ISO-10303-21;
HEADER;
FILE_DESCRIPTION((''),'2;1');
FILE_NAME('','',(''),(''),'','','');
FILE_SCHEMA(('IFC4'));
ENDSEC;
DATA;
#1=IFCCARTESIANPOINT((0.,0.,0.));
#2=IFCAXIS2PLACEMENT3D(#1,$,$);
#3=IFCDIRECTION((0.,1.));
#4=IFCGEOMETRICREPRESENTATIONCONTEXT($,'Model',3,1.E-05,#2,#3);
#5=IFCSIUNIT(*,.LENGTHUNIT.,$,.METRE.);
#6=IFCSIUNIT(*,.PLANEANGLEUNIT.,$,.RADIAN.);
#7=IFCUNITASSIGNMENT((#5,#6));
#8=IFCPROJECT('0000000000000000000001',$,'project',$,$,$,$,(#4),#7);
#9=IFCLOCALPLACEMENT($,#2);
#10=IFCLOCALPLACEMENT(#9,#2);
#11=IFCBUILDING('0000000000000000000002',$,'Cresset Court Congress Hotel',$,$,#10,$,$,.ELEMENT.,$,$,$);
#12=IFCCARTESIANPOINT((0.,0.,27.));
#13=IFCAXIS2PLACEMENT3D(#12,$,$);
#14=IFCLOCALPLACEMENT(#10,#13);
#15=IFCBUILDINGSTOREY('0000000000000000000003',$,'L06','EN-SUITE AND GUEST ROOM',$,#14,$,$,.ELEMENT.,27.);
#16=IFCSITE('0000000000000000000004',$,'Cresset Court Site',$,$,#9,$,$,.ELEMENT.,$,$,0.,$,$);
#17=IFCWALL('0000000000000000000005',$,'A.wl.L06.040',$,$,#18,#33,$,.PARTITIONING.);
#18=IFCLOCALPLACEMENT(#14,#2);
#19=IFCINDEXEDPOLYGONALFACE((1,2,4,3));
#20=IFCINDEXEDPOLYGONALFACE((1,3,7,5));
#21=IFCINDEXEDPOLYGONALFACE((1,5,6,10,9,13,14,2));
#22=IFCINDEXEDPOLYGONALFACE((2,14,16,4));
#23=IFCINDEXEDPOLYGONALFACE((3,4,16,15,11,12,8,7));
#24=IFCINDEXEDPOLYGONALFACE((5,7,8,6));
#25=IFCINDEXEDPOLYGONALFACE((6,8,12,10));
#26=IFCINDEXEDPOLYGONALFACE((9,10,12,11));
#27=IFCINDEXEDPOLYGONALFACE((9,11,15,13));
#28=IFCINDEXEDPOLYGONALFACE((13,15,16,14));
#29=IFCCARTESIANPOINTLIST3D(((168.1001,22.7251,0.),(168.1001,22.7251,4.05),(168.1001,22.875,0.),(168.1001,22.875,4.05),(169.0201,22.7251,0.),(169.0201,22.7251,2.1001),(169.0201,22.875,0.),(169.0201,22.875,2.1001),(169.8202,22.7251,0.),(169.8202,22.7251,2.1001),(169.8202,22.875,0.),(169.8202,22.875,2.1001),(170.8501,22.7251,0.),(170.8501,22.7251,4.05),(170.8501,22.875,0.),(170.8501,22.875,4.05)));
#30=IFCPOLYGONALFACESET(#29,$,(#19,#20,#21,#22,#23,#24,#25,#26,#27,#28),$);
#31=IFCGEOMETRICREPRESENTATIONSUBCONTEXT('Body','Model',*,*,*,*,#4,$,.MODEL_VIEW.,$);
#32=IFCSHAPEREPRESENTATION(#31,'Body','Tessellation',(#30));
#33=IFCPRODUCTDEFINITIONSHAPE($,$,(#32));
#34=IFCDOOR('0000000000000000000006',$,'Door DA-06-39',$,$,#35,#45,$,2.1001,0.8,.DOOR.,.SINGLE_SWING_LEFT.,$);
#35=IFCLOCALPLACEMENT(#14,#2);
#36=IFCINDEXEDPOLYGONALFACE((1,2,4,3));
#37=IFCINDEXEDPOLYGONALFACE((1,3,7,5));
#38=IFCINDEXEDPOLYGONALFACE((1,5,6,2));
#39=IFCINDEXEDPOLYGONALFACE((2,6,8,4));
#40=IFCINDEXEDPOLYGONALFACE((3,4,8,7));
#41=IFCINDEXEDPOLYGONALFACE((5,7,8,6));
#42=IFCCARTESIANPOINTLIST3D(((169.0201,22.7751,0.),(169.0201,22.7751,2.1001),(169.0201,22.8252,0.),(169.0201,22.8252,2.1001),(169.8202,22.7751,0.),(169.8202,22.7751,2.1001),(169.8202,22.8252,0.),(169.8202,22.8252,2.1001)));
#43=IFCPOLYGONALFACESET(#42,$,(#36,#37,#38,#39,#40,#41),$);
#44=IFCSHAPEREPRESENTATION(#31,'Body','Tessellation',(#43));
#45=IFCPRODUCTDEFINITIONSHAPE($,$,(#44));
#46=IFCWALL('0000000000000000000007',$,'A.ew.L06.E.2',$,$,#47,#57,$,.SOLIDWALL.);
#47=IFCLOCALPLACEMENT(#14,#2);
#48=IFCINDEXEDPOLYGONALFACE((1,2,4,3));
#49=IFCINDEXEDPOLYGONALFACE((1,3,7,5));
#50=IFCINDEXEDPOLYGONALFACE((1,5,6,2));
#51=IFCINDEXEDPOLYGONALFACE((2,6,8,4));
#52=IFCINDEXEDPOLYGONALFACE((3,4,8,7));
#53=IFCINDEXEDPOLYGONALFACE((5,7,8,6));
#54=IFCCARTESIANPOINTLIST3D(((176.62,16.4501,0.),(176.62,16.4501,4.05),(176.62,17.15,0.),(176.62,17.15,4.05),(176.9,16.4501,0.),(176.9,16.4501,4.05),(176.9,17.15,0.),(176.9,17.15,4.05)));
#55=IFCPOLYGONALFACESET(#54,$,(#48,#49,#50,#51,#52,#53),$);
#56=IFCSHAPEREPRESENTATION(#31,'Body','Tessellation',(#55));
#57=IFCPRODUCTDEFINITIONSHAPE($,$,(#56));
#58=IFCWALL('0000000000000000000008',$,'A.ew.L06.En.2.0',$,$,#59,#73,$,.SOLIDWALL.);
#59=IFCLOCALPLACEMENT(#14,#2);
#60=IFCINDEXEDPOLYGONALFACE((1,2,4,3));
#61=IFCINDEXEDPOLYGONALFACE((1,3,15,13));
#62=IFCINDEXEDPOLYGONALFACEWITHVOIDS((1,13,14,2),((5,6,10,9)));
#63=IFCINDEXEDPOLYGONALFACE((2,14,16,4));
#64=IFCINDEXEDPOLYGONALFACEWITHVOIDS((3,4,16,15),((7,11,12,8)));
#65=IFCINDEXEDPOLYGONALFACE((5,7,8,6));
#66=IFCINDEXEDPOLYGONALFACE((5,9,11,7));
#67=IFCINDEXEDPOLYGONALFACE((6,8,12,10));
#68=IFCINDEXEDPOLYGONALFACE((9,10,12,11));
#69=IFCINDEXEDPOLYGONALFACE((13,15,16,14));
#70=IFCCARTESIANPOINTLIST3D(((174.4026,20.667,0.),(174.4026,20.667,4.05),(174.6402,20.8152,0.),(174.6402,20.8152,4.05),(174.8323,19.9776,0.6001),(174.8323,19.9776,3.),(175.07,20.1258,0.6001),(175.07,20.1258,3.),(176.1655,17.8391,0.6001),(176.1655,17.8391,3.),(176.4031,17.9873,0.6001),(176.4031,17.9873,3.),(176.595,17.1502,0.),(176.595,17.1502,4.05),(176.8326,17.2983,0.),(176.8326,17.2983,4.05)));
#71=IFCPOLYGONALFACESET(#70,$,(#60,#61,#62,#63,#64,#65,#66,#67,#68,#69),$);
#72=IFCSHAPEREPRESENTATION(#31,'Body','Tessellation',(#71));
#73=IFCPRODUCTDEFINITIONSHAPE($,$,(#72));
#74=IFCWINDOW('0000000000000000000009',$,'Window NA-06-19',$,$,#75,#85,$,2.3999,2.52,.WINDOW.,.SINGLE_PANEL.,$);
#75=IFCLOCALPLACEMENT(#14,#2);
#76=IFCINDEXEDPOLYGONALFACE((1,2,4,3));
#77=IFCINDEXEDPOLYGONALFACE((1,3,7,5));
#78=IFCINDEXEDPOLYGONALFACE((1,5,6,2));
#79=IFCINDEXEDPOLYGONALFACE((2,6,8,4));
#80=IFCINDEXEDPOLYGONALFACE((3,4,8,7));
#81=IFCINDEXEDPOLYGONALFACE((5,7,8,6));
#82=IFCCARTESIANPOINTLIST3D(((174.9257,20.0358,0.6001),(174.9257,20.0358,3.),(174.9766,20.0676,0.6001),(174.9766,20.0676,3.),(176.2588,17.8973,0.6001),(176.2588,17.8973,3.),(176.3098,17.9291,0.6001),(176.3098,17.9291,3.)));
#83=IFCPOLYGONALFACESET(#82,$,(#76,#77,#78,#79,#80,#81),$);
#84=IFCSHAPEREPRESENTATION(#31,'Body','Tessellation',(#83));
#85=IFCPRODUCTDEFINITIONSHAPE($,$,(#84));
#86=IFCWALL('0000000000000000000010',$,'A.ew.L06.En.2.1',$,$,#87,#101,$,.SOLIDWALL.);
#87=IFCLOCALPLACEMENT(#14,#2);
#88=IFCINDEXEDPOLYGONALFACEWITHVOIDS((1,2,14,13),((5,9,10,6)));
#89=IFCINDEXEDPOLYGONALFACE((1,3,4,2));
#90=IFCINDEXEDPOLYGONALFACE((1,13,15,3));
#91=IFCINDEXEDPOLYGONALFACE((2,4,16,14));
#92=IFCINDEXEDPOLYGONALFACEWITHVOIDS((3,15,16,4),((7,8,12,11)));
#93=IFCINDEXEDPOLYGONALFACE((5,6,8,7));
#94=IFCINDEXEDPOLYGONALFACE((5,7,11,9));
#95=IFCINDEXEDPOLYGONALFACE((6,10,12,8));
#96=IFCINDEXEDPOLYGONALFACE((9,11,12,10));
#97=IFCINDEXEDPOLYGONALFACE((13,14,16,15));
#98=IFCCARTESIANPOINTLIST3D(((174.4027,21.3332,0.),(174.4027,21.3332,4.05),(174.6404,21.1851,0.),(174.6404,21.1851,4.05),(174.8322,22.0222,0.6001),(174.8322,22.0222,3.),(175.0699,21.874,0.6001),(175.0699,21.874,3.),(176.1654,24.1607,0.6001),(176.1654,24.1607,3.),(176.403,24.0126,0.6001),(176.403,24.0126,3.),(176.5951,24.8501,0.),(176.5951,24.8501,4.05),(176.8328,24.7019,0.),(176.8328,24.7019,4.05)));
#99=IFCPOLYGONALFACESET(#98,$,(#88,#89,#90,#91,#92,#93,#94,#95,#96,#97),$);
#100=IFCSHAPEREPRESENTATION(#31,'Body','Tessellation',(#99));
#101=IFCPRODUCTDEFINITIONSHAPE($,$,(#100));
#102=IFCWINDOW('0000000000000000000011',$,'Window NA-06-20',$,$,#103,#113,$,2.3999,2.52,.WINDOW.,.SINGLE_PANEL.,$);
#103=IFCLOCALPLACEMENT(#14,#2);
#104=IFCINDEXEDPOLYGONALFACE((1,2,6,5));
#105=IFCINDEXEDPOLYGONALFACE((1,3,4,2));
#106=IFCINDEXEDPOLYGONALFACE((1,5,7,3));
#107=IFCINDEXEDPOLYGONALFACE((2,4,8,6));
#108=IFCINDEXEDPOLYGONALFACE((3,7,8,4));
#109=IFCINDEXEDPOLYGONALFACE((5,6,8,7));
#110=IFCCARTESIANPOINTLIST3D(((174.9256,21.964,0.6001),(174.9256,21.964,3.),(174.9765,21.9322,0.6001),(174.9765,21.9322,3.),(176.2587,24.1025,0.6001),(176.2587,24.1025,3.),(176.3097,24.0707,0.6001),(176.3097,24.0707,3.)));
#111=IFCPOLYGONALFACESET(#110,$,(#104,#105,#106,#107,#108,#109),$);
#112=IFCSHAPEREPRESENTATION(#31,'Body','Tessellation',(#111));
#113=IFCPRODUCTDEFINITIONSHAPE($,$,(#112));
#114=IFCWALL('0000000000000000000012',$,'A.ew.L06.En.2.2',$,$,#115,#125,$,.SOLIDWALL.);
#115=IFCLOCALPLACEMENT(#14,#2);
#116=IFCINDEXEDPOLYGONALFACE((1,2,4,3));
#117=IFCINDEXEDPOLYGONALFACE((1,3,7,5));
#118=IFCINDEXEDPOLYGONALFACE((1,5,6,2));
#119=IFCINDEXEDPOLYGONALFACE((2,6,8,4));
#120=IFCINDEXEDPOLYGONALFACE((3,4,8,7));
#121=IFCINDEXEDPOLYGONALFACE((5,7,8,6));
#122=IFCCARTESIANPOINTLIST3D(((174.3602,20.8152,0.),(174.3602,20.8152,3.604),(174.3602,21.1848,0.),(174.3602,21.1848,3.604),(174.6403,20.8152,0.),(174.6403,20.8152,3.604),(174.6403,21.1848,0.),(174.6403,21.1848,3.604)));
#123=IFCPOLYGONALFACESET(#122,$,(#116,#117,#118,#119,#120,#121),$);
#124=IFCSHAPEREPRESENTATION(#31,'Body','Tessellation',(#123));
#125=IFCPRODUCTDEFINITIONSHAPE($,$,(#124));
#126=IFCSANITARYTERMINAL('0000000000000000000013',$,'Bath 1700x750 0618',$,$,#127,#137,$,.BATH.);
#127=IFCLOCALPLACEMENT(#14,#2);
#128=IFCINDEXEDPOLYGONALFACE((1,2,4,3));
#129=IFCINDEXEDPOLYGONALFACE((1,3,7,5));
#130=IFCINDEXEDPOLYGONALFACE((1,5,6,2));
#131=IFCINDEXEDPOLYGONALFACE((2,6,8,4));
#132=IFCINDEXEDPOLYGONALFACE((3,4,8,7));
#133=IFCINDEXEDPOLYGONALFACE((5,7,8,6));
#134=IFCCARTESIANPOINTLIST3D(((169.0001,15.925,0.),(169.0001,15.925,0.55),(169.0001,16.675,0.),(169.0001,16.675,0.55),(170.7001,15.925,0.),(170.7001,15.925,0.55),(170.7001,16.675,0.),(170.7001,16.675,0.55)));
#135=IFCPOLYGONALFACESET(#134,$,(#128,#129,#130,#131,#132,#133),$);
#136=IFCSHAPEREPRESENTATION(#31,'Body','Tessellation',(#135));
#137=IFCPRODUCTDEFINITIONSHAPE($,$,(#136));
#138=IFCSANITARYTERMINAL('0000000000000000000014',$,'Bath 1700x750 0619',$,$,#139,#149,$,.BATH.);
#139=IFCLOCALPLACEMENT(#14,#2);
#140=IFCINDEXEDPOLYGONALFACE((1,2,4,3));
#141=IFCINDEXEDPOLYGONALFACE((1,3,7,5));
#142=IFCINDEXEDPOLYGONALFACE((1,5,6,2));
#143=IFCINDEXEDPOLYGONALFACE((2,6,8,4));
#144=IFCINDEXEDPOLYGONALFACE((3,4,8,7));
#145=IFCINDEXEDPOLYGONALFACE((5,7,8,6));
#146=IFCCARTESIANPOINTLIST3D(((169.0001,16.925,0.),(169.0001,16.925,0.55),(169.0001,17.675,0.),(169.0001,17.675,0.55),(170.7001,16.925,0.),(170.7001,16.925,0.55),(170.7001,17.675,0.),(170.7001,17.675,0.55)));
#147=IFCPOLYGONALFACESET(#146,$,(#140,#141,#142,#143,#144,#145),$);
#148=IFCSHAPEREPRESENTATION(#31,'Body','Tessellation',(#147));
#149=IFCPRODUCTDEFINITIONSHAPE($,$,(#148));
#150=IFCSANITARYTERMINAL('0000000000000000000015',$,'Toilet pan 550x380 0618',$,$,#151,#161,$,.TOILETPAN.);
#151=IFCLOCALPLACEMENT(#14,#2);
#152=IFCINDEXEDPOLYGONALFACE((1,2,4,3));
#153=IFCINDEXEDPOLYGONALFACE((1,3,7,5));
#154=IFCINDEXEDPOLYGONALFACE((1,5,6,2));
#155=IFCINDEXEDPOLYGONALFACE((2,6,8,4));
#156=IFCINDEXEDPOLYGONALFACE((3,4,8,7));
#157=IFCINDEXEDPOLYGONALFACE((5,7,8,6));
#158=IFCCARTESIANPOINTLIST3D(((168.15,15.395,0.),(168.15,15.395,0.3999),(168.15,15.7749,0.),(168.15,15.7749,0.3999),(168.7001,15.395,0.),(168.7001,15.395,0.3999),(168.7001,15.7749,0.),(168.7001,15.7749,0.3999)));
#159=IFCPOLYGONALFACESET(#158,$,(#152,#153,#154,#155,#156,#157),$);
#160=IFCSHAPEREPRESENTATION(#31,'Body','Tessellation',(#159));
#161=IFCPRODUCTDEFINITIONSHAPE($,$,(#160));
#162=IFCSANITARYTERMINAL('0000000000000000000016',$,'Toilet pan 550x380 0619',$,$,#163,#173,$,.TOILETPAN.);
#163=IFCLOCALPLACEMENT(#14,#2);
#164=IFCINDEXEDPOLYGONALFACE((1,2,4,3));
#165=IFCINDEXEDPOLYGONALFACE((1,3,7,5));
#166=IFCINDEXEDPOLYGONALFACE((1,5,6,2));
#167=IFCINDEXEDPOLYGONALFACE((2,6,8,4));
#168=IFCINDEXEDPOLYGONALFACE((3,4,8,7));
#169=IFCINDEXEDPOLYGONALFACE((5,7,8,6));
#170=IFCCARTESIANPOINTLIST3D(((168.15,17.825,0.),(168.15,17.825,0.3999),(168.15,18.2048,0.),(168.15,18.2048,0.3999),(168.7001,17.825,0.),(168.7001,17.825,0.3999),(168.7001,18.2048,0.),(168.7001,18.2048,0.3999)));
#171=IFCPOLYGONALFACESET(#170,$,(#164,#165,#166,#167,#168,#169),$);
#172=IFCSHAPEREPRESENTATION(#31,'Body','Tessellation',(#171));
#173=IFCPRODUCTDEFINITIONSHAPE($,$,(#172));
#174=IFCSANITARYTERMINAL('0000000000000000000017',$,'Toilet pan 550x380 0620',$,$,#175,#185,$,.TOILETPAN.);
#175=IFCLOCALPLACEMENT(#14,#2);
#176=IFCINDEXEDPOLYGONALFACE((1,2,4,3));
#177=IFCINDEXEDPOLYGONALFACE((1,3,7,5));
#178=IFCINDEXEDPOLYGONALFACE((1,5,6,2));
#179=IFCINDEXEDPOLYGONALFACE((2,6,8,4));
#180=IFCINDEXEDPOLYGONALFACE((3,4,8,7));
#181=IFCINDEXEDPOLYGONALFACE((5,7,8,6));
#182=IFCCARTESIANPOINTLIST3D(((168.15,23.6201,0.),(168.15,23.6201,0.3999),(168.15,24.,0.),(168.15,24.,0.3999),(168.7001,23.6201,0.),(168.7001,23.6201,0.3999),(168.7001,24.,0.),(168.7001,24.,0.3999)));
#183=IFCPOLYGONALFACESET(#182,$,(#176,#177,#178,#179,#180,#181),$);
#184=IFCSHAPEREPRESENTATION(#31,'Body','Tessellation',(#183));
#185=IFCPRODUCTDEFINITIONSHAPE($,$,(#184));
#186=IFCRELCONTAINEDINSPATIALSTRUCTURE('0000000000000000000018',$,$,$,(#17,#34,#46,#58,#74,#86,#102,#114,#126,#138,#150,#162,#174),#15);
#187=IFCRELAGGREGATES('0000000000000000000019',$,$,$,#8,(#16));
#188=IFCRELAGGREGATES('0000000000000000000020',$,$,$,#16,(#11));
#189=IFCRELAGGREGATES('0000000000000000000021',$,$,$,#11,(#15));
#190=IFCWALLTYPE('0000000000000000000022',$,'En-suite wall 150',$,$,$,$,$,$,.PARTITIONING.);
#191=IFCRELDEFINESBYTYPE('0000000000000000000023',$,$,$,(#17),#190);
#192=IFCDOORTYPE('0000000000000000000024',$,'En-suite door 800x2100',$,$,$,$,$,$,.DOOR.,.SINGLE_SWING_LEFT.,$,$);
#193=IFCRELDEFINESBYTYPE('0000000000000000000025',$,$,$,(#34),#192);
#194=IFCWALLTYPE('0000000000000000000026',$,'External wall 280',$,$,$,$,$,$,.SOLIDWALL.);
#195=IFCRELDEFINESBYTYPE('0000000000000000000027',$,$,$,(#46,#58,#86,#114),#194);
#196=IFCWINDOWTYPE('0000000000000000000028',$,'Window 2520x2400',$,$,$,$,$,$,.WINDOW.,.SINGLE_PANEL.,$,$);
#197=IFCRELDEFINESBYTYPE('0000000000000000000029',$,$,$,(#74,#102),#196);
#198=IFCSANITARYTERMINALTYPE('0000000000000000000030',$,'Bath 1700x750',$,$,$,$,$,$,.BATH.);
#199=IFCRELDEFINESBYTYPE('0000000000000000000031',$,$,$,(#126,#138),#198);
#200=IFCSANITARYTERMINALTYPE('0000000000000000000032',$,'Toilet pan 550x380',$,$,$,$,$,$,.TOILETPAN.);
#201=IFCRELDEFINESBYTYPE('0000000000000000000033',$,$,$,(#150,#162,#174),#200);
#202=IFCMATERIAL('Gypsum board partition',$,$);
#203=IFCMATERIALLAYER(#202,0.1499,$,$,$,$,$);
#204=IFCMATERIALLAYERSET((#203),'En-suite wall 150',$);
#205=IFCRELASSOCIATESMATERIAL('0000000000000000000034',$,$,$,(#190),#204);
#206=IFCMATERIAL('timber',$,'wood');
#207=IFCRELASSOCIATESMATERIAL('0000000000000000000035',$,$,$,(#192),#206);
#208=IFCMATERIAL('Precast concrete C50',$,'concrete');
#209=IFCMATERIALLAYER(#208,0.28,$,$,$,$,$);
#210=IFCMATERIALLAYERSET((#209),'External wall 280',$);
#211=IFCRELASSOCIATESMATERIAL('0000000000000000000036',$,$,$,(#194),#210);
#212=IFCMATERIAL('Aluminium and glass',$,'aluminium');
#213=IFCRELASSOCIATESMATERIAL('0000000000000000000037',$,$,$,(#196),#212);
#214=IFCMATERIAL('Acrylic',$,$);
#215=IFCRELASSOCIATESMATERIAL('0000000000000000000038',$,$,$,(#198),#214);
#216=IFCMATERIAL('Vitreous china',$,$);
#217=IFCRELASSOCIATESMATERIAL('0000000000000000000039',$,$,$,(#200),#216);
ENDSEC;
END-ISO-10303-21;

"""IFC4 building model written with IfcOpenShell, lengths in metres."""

from ifc_helpers import new_model, si_unit, direction, frame, frame_2d, origin, origin_2d, place, context, subcontext, project, spatial, rectangle, extrude, material, layer, layer_set, type_object, element, fill, save


model = new_model("IFC4")

# Units and contexts
model_context = context("Model", 3, precision=1e-05, world=origin(), true_north=direction((0.0, 1.0)))
body_context = subcontext(model_context, "Body", "Model", "MODEL_VIEW")
ifc_project = project(units=[si_unit("LENGTHUNIT", "METRE"), si_unit("PLANEANGLEUNIT", "RADIAN")], contexts=[model_context])

# Site, building, storey
site_placement = place(None, origin())
site = spatial("IfcSite", under=ifc_project, at=site_placement, Name="Cresset Court Site", CompositionType="ELEMENT", RefElevation=0.0)
building_placement = place(site_placement, origin())
building = spatial("IfcBuilding", under=site, at=building_placement, Name="Cresset Court Congress Hotel", CompositionType="ELEMENT")
storey_placement = place(building_placement, frame((0.0, 0.0, 27.0)))
storey = spatial("IfcBuildingStorey", under=building, at=storey_placement, Name="L06", Description="EN-SUITE AND GUEST ROOM", CompositionType="ELEMENT", Elevation=27.0)

# Shared definitions
ifc_material_1 = material(Name="Gypsum board partition")
ifc_layer_1 = layer(ifc_material_1, 0.1499)
ifc_layer_set_1 = layer_set([ifc_layer_1], Name="En-suite wall 150")
wall_type_1 = type_object("IfcWallType", Name="En-suite wall 150", PredefinedType="PARTITIONING", material=ifc_layer_set_1)
ifc_material_2 = material(Name="timber", Category="wood")
door_type = type_object("IfcDoorType", Name="En-suite door 800x2100", OperationType="SINGLE_SWING_LEFT", PredefinedType="DOOR", material=ifc_material_2)

# Wall, opening, door
wall_1_placement = place(storey_placement, frame((170.8501, 22.8, 0.0), z_axis=(0.0, 0.0, 1.0), x_axis=(-1.0, 0.0, 0.0)))
wall_1 = element("IfcWall", 1, at=wall_1_placement, inside=storey, type_object=wall_type_1, Name="A.wl.L06.040", PredefinedType="PARTITIONING", context=body_context, shape_type="SweptSolid", body=[
    extrude(rectangle(XDim=2.75, YDim=0.1499, at=frame_2d((1.375, 0.0))), origin(), (0.0, 0.0, 1.0), 4.05),
])
opening_1_placement = place(wall_1_placement, frame((1.03, 0.0, 0.0)))
opening_1 = element("IfcOpeningElement", 2, at=opening_1_placement, cuts=wall_1, PredefinedType="OPENING", context=body_context, shape_type="SweptSolid", body=[
    extrude(rectangle(XDim=0.8, YDim=2.1001, at=frame_2d((0.3999, 1.05))), frame((0.0, 0.085, 0.0), z_axis=(0.0, -1.0, 0.0), x_axis=(1.0, 0.0, 0.0)), (0.0, 0.0, 1.0), 0.1699),
])
door_1_placement = place(opening_1_placement, origin())
door_1 = element("IfcDoor", 3, at=door_1_placement, inside=storey, type_object=door_type, Name="Door DA-06-39", OperationType="SINGLE_SWING_LEFT", OverallHeight=2.1001, OverallWidth=0.8, PredefinedType="DOOR", context=body_context, shape_type="SweptSolid", body=[
    extrude(rectangle(XDim=0.8, YDim=2.1001, at=frame_2d((0.3999, 1.05))), frame((0.0, 0.0249, 0.0), z_axis=(0.0, -1.0, 0.0), x_axis=(1.0, 0.0, 0.0)), (0.0, 0.0, 1.0), 0.05),
])
fill(opening_1, door_1)

# Wall
ifc_material_3 = material(Name="Precast concrete C50", Category="concrete")
ifc_layer_2 = layer(ifc_material_3, 0.28)
ifc_layer_set_2 = layer_set([ifc_layer_2], Name="External wall 280")
wall_type_2 = type_object("IfcWallType", Name="External wall 280", PredefinedType="SOLIDWALL", material=ifc_layer_set_2)
wall_2_placement = place(storey_placement, frame((176.76, 16.45, 0.0), z_axis=(0.0, 0.0, 1.0), x_axis=(0.0, 1.0, 0.0)))
element("IfcWall", 4, at=wall_2_placement, inside=storey, type_object=wall_type_2, Name="A.ew.L06.E.2", PredefinedType="SOLIDWALL", context=body_context, shape_type="SweptSolid", body=[
    extrude(rectangle(XDim=0.7, YDim=0.28, at=frame_2d((0.3501, 0.0))), origin(), (0.0, 0.0, 1.0), 4.05),
])

# Walls, openings, windows
wall_3_placement = place(storey_placement, frame((176.7139, 17.2241, 0.0), z_axis=(0.0, 0.0, 1.0), x_axis=(-0.529019, 0.84861, 0.0)))
wall_3 = element("IfcWall", 5, at=wall_3_placement, inside=storey, type_object=wall_type_2, Name="A.ew.L06.En.2.0", PredefinedType="SOLIDWALL", context=body_context, shape_type="SweptSolid", body=[
    extrude(rectangle(XDim=4.1443, YDim=0.28, at=frame_2d((2.0723, 0.0))), origin(), (0.0, 0.0, 1.0), 4.05),
])
opening_2_placement = place(wall_3_placement, frame((0.812, 0.0, 0.6001)))
opening_2 = element("IfcOpeningElement", 6, at=opening_2_placement, cuts=wall_3, PredefinedType="OPENING", context=body_context, shape_type="SweptSolid", body=[
    extrude(rectangle(XDim=2.52, YDim=2.3999, at=frame_2d((1.26, 1.2))), frame((0.0, 0.1499, 0.0), z_axis=(0.0, -1.0, 0.0), x_axis=(1.0, 0.0, 0.0)), (0.0, 0.0, 1.0), 0.3),
])
ifc_material_4 = material(Name="Aluminium and glass", Category="aluminium")
window_type = type_object("IfcWindowType", Name="Window 2520x2400", PartitioningType="SINGLE_PANEL", PredefinedType="WINDOW", material=ifc_material_4)
window_1_placement = place(opening_2_placement, origin())
window_1 = element("IfcWindow", 7, at=window_1_placement, inside=storey, type_object=window_type, Name="Window NA-06-19", OverallHeight=2.3999, OverallWidth=2.52, PartitioningType="SINGLE_PANEL", PredefinedType="WINDOW", context=body_context, shape_type="SweptSolid", body=[
    extrude(rectangle(XDim=2.52, YDim=2.3999, at=frame_2d((1.26, 1.2))), frame((0.0, 0.03, 0.0), z_axis=(0.0, -1.0, 0.0), x_axis=(1.0, 0.0, 0.0)), (0.0, 0.0, 1.0), 0.0601),
])
fill(opening_2, window_1)
wall_4_placement = place(storey_placement, frame((174.5215, 21.259, 0.0), z_axis=(0.0, 0.0, 1.0), x_axis=(0.529019, 0.84861, 0.0)))
wall_4 = element("IfcWall", 8, at=wall_4_placement, inside=storey, type_object=wall_type_2, Name="A.ew.L06.En.2.1", PredefinedType="SOLIDWALL", context=body_context, shape_type="SweptSolid", body=[
    extrude(rectangle(XDim=4.1443, YDim=0.28, at=frame_2d((2.0723, 0.0))), origin(), (0.0, 0.0, 1.0), 4.05),
])
opening_3_placement = place(wall_4_placement, frame((0.812, 0.0, 0.6001)))
opening_3 = element("IfcOpeningElement", 9, at=opening_3_placement, cuts=wall_4, PredefinedType="OPENING", context=body_context, shape_type="SweptSolid", body=[
    extrude(rectangle(XDim=2.52, YDim=2.3999, at=frame_2d((1.26, 1.2))), frame((0.0, 0.1499, 0.0), z_axis=(0.0, -1.0, 0.0), x_axis=(1.0, 0.0, 0.0)), (0.0, 0.0, 1.0), 0.3),
])
window_2_placement = place(opening_3_placement, origin())
window_2 = element("IfcWindow", 10, at=window_2_placement, inside=storey, type_object=window_type, Name="Window NA-06-20", OverallHeight=2.3999, OverallWidth=2.52, PartitioningType="SINGLE_PANEL", PredefinedType="WINDOW", context=body_context, shape_type="SweptSolid", body=[
    extrude(rectangle(XDim=2.52, YDim=2.3999, at=frame_2d((1.26, 1.2))), frame((0.0, 0.03, 0.0), z_axis=(0.0, -1.0, 0.0), x_axis=(1.0, 0.0, 0.0)), (0.0, 0.0, 1.0), 0.0601),
])
fill(opening_3, window_2)

# Wall
wall_5_placement = place(storey_placement, frame((174.5002, 20.8152, 0.0), z_axis=(0.0, 0.0, 1.0), x_axis=(0.0, 1.0, 0.0)))
element("IfcWall", 11, at=wall_5_placement, inside=storey, type_object=wall_type_2, Name="A.ew.L06.En.2.2", PredefinedType="SOLIDWALL", context=body_context, shape_type="SweptSolid", body=[
    extrude(rectangle(XDim=0.3696, YDim=0.28, at=frame_2d((0.1848, 0.0))), origin(), (0.0, 0.0, 1.0), 3.604),
])

# Sanitary terminals
ifc_material_5 = material(Name="Acrylic")
sanitary_terminal_type_1 = type_object("IfcSanitaryTerminalType", Name="Bath 1700x750", PredefinedType="BATH", material=ifc_material_5)
for number, where, z_axis, x_axis, name in (
    (12, (169.8501, 16.3, 0.0), (0.0, 0.0, 1.0), (1.0, 0.0, 0.0), "Bath 1700x750 0618"),
    (13, (169.8501, 17.3, 0.0), (0.0, 0.0, 1.0), (1.0, 0.0, 0.0), "Bath 1700x750 0619"),
):
    element("IfcSanitaryTerminal", number, at=place(storey_placement, frame(where, z_axis=z_axis, x_axis=x_axis)), inside=storey, type_object=sanitary_terminal_type_1, Name=name, PredefinedType="BATH", context=body_context, shape_type="SweptSolid", body=[
        extrude(rectangle(XDim=1.7, YDim=0.75, at=origin_2d()), origin(), (0.0, 0.0, 1.0), 0.55),
    ])
ifc_material_6 = material(Name="Vitreous china")
sanitary_terminal_type_2 = type_object("IfcSanitaryTerminalType", Name="Toilet pan 550x380", PredefinedType="TOILETPAN", material=ifc_material_6)
for number, where, z_axis, x_axis, name in (
    (14, (168.425, 15.585, 0.0), (0.0, 0.0, 1.0), (1.0, 0.0, 0.0), "Toilet pan 550x380 0618"),
    (15, (168.425, 18.0149, 0.0), (0.0, 0.0, 1.0), (1.0, 0.0, 0.0), "Toilet pan 550x380 0619"),
    (16, (168.425, 23.8101, 0.0), (0.0, 0.0, 1.0), (1.0, 0.0, 0.0), "Toilet pan 550x380 0620"),
):
    element("IfcSanitaryTerminal", number, at=place(storey_placement, frame(where, z_axis=z_axis, x_axis=x_axis)), inside=storey, type_object=sanitary_terminal_type_2, Name=name, PredefinedType="TOILETPAN", context=body_context, shape_type="SweptSolid", body=[
        extrude(rectangle(XDim=0.55, YDim=0.3799, at=origin_2d()), origin(), (0.0, 0.0, 1.0), 0.3999),
    ])

save(model, "model.ifc")
